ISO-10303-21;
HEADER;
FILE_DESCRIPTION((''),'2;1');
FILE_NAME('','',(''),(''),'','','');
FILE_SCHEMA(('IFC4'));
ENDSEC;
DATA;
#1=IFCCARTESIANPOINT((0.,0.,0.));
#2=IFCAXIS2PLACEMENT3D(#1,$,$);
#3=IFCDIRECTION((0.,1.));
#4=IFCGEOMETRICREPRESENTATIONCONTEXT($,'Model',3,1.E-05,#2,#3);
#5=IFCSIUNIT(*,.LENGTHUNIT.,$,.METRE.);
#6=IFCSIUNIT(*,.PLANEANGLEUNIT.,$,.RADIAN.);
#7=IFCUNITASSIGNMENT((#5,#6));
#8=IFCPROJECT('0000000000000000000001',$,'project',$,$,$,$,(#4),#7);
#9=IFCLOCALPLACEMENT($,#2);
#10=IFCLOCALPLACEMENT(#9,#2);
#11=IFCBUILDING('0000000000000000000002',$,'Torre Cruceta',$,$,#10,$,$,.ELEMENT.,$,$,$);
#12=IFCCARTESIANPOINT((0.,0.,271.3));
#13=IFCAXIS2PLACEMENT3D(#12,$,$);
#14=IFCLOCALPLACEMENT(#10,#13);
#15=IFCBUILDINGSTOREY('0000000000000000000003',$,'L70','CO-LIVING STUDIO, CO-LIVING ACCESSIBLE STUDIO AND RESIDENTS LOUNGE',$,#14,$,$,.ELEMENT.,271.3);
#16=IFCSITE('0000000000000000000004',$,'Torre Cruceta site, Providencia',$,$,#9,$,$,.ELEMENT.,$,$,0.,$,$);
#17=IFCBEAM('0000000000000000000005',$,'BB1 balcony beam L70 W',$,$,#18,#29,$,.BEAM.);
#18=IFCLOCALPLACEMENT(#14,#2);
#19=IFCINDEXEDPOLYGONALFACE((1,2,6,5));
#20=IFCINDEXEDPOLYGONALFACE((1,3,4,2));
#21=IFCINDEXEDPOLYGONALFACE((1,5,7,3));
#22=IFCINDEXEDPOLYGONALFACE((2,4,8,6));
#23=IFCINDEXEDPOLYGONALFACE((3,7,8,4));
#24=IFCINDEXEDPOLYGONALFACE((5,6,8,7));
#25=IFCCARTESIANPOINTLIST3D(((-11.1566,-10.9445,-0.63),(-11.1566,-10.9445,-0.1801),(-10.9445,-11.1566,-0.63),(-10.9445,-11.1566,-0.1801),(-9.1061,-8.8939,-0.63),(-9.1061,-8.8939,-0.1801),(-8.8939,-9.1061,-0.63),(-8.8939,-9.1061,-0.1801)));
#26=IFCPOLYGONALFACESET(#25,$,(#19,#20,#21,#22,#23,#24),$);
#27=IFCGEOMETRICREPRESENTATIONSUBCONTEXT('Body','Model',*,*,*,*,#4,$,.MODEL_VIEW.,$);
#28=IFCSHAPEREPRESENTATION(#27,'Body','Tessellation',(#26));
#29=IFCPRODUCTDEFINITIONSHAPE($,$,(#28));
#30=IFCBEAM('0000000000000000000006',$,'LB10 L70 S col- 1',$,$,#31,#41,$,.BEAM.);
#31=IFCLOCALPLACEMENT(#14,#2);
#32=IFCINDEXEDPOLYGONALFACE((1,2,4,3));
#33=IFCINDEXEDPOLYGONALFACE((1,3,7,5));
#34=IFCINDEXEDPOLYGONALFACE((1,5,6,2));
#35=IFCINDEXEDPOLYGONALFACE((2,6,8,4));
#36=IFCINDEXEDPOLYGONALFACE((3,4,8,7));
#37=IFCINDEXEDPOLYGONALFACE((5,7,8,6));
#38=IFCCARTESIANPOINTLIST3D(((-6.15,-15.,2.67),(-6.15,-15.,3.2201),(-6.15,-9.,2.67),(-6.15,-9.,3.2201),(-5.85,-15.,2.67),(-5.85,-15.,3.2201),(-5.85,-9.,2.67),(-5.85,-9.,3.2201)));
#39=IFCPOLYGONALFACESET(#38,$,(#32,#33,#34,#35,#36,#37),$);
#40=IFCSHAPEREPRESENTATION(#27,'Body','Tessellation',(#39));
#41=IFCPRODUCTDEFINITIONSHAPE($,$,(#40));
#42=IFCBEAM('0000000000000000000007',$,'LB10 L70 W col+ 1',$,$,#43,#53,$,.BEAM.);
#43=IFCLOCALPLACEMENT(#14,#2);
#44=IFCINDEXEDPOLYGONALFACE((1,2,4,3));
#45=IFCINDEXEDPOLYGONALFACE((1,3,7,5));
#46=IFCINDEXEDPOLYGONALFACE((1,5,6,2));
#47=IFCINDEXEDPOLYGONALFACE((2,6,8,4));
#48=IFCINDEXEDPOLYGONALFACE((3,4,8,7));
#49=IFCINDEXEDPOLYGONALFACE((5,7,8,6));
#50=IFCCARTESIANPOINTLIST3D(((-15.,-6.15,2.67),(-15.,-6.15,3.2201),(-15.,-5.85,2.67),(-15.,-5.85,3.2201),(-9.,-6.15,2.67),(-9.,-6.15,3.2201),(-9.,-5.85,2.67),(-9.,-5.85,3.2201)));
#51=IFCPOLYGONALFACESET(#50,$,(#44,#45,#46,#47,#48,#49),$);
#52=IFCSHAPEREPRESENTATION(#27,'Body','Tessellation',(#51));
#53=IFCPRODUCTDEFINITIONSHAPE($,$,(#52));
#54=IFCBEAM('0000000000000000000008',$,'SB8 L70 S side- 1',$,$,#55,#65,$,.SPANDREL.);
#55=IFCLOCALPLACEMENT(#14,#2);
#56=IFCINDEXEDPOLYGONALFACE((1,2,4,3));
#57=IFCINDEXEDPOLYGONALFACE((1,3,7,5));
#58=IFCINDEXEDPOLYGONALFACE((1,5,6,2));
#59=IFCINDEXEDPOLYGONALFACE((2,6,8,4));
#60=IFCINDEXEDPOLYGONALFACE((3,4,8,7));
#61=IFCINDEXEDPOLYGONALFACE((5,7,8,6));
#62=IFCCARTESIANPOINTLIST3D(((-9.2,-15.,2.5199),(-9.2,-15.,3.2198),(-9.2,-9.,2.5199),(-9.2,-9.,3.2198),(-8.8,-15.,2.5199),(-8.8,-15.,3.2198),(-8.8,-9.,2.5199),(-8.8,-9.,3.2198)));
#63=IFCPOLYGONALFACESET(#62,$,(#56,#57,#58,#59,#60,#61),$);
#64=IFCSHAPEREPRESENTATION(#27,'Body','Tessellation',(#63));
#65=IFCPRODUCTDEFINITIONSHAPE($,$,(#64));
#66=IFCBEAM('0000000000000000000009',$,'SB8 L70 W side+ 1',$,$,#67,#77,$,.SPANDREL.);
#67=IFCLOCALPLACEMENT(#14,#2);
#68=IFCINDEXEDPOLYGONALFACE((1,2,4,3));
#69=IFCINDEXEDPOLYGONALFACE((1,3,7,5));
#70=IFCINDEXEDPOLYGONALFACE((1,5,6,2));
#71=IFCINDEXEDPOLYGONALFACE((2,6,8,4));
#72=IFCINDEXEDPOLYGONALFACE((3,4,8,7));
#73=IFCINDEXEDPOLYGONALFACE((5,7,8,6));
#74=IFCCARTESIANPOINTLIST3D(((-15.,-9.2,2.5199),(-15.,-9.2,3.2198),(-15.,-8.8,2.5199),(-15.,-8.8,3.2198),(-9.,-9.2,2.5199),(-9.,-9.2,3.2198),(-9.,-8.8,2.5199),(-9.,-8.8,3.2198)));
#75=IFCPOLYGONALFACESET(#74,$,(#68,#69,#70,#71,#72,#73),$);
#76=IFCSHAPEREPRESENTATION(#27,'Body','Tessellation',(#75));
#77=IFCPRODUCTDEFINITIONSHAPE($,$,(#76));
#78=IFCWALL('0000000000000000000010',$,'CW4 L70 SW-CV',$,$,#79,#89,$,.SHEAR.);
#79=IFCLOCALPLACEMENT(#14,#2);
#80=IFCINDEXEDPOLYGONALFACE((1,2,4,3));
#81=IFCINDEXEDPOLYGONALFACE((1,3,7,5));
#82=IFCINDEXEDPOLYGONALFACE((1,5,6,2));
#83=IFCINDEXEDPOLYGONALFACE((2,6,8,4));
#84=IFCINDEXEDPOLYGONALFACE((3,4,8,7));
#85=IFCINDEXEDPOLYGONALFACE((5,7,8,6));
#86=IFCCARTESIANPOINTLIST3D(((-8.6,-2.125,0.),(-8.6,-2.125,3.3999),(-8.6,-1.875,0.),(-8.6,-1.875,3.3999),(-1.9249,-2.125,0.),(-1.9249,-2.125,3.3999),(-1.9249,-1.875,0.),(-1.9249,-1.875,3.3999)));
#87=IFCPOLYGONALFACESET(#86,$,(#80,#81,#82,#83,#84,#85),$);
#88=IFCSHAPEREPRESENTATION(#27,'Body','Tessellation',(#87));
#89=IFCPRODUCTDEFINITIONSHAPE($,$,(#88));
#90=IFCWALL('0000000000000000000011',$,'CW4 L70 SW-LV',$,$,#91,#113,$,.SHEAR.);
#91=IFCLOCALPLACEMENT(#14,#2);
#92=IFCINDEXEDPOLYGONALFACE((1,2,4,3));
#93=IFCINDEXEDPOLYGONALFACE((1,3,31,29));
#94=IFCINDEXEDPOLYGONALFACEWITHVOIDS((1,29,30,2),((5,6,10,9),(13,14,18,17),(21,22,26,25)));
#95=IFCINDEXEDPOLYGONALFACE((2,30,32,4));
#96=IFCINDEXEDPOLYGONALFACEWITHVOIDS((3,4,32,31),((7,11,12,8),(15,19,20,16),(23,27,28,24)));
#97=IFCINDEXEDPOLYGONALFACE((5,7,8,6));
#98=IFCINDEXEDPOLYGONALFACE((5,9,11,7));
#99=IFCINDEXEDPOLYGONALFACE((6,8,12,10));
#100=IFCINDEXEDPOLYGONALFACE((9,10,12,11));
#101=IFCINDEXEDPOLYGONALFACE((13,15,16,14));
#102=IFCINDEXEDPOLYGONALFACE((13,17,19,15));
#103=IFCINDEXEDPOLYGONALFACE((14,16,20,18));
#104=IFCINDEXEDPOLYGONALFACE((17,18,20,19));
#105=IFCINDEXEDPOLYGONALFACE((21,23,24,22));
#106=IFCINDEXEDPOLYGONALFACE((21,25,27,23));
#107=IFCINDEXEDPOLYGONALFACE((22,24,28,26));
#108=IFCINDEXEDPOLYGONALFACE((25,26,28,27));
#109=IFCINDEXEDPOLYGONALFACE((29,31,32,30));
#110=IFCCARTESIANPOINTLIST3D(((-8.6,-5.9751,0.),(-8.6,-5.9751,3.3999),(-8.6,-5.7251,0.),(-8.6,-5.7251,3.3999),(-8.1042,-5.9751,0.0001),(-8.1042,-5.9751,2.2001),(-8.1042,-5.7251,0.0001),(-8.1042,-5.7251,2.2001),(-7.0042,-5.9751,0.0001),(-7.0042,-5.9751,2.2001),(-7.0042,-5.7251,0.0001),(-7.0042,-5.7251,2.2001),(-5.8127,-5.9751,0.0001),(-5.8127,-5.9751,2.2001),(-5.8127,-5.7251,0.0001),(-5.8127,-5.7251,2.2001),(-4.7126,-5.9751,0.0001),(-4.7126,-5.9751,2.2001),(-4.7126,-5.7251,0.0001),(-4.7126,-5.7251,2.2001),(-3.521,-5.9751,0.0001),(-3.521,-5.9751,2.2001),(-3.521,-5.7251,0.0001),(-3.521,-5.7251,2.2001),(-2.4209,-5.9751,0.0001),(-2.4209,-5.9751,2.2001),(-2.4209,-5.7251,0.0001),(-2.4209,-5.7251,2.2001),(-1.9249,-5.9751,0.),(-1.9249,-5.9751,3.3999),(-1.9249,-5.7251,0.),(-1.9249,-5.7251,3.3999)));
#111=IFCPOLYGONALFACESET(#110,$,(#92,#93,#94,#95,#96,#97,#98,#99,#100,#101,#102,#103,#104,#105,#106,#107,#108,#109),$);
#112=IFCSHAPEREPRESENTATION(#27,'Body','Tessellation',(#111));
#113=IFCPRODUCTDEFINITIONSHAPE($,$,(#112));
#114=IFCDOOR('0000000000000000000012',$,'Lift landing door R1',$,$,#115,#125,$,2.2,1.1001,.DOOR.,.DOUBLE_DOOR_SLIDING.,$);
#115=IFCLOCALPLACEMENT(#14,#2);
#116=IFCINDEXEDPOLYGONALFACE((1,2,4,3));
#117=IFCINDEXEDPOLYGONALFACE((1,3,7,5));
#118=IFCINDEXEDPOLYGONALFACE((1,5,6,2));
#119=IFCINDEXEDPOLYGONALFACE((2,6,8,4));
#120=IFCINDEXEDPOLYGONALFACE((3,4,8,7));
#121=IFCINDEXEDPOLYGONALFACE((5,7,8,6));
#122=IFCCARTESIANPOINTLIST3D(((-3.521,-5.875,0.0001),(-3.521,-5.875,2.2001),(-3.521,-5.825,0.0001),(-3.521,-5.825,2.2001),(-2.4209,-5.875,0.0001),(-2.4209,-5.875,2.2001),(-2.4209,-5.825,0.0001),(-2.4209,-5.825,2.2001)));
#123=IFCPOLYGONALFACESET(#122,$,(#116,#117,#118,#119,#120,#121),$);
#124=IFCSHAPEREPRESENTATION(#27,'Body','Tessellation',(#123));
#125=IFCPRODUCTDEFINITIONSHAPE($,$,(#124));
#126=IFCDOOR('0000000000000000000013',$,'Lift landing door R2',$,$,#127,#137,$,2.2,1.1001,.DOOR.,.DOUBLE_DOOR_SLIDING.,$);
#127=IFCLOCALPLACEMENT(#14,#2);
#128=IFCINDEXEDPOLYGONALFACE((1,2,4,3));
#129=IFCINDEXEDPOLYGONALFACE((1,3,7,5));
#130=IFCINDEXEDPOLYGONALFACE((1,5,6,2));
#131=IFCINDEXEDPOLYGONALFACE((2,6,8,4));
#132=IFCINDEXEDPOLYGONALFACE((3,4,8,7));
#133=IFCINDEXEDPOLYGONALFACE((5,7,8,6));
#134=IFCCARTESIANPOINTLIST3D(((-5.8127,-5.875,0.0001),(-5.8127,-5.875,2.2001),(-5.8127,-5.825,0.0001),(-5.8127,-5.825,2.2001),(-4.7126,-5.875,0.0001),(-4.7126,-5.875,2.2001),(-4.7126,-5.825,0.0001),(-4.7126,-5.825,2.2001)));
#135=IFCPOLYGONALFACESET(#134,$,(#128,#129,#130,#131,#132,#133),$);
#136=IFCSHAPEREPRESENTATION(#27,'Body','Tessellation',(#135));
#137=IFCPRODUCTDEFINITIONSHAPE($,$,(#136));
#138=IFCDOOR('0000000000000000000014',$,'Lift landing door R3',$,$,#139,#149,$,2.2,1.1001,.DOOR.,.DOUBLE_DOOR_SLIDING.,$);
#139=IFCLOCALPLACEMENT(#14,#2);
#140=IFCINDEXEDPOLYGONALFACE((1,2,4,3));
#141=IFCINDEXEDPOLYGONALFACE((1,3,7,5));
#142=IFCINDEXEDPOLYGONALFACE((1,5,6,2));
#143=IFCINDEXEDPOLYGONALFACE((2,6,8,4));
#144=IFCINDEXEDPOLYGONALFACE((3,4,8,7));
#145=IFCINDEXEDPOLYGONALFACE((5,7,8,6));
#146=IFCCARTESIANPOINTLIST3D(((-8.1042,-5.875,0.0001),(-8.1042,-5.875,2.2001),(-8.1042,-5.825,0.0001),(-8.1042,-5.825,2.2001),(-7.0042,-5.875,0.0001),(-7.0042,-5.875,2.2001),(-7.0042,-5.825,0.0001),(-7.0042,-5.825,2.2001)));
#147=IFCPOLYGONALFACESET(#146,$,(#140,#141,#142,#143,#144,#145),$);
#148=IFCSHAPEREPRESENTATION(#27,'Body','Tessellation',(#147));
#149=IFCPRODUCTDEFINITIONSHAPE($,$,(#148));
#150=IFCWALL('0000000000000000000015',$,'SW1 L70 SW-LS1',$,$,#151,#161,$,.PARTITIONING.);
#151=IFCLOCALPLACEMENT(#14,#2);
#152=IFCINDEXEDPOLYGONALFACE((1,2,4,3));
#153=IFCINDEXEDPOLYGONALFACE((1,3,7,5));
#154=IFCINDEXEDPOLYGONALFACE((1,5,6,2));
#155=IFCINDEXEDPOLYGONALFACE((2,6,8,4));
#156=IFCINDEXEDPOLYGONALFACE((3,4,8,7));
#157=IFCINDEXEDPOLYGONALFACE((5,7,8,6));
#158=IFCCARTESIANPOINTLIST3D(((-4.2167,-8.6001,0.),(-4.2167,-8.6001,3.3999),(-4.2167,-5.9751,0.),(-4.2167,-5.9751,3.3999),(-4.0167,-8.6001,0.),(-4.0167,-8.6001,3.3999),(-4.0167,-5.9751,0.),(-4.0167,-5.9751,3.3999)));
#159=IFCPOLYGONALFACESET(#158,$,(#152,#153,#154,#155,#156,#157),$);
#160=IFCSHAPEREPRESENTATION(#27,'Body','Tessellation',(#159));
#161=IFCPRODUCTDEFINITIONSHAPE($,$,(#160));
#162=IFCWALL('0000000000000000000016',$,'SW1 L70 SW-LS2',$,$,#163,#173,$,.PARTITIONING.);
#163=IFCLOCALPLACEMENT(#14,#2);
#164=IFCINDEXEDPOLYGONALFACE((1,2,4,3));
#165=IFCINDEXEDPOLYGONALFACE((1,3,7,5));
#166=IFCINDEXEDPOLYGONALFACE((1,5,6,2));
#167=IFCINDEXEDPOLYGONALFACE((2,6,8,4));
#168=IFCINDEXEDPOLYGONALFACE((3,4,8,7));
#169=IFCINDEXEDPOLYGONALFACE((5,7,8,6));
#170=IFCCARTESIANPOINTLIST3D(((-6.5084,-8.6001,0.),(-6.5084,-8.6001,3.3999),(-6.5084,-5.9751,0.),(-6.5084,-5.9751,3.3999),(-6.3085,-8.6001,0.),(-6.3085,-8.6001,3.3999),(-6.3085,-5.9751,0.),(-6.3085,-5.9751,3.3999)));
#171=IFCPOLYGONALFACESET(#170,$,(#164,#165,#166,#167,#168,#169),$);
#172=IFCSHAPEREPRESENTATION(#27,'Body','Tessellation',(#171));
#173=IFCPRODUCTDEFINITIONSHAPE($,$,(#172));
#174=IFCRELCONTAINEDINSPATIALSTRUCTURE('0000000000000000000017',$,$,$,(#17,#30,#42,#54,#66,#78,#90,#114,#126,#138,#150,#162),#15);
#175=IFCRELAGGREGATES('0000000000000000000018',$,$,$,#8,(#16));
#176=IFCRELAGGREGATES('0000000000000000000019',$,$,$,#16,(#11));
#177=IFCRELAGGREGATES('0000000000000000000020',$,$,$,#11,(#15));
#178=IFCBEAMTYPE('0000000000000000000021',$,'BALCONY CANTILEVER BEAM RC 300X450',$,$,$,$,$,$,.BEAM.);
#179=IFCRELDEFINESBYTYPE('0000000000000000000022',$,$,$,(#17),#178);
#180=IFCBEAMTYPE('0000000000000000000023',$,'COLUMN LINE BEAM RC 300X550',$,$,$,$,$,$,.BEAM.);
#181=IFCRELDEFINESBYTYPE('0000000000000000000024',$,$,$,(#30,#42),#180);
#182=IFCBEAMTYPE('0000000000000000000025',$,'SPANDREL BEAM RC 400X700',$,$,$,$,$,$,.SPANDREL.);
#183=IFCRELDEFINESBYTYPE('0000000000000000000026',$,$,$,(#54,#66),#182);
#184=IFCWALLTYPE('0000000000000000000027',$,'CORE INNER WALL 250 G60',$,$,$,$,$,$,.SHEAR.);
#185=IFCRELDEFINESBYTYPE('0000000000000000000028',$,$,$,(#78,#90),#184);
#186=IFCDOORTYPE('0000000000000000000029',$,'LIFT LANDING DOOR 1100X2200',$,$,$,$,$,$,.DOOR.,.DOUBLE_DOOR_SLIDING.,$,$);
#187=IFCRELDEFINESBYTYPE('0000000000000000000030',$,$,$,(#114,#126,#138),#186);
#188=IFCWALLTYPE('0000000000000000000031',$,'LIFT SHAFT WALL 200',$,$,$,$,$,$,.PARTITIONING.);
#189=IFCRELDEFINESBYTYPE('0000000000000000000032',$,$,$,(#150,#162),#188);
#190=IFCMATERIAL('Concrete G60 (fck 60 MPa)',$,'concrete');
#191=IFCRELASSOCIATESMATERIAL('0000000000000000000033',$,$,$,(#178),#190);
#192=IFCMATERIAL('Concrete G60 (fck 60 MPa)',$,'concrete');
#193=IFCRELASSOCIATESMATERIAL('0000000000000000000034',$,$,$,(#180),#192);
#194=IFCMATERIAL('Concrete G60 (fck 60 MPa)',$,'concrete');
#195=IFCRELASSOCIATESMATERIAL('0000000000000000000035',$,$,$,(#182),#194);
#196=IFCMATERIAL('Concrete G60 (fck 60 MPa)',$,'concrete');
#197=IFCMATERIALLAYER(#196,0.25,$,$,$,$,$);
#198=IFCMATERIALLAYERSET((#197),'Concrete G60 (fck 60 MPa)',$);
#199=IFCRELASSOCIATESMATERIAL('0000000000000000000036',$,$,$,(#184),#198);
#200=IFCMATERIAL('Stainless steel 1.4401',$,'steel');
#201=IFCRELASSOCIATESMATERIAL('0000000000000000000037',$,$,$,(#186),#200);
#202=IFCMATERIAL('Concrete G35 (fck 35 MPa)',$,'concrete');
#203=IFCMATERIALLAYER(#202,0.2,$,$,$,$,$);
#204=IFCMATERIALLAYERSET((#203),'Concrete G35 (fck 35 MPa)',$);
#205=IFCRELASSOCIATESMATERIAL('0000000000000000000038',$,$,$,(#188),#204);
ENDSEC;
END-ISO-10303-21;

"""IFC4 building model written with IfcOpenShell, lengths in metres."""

from ifc_helpers import new_model, si_unit, direction, frame, frame_2d, origin, origin_2d, place, context, subcontext, project, spatial, rectangle, extrude, material, layer, layer_set, material_profile, profile_set, type_object, element, fill, save


model = new_model("IFC4")

# Units and contexts
model_context = context("Model", 3, precision=1e-05, world=origin(), true_north=direction((0.0, 1.0)))
body_context = subcontext(model_context, "Body", "Model", "MODEL_VIEW")
ifc_project = project(units=[si_unit("LENGTHUNIT", "METRE"), si_unit("PLANEANGLEUNIT", "RADIAN")], contexts=[model_context])

# Site, building, storey
site_placement = place(None, origin())
site = spatial("IfcSite", under=ifc_project, at=site_placement, Name="Torre Cruceta site, Providencia", CompositionType="ELEMENT", RefElevation=0.0)
building_placement = place(site_placement, origin())
building = spatial("IfcBuilding", under=site, at=building_placement, Name="Torre Cruceta", CompositionType="ELEMENT")
storey_placement = place(building_placement, frame((0.0, 0.0, 271.3)))
storey = spatial("IfcBuildingStorey", under=building, at=storey_placement, Name="L70", Description="CO-LIVING STUDIO, CO-LIVING ACCESSIBLE STUDIO AND RESIDENTS LOUNGE", CompositionType="ELEMENT", Elevation=271.3)

# Beams
ifc_material_1 = material(Name="Concrete G60 (fck 60 MPa)", Category="concrete")
ifc_material_profile_1 = material_profile(ifc_material_1, rectangle(XDim=0.3, YDim=0.45, at=origin_2d()), Name="RC 300X450")
ifc_profile_set_1 = profile_set([ifc_material_profile_1], Name="Concrete G60 (fck 60 MPa)")
beam_type_1 = type_object("IfcBeamType", Name="BALCONY CANTILEVER BEAM RC 300X450", PredefinedType="BEAM", material=ifc_profile_set_1)
beam_placement = place(storey_placement, frame((-9.0, -9.0, -0.405), z_axis=(-0.707107, -0.707107, 0.0), x_axis=(0.707107, -0.707107, 0.0)))
element("IfcBeam", 1, at=beam_placement, inside=storey, type_object=beam_type_1, Name="BB1 balcony beam L70 W", PredefinedType="BEAM", context=body_context, shape_type="SweptSolid", body=[
    extrude(rectangle(XDim=0.3, YDim=0.45, at=origin_2d()), origin(), (0.0, 0.0, 1.0), 2.8999),
])
ifc_material_2 = material(Name="Concrete G60 (fck 60 MPa)", Category="concrete")
ifc_material_profile_2 = material_profile(ifc_material_2, rectangle(XDim=0.3, YDim=0.55, at=origin_2d()), Name="RC 300X550")
ifc_profile_set_2 = profile_set([ifc_material_profile_2], Name="Concrete G60 (fck 60 MPa)")
beam_type_2 = type_object("IfcBeamType", Name="COLUMN LINE BEAM RC 300X550", PredefinedType="BEAM", material=ifc_profile_set_2)
for number, where, z_axis, x_axis, name in (
    (2, (-6.0, -9.0, 2.9451), (0.0, -1.0, 0.0), (1.0, 0.0, 0.0), "LB10 L70 S col- 1"),
    (3, (-9.0, -6.0, 2.9451), (-1.0, 0.0, 0.0), (0.0, -1.0, 0.0), "LB10 L70 W col+ 1"),
):
    element("IfcBeam", number, at=place(storey_placement, frame(where, z_axis=z_axis, x_axis=x_axis)), inside=storey, type_object=beam_type_2, Name=name, PredefinedType="BEAM", context=body_context, shape_type="SweptSolid", body=[
        extrude(rectangle(XDim=0.3, YDim=0.55, at=origin_2d()), origin(), (0.0, 0.0, 1.0), 6.0),
    ])
ifc_material_3 = material(Name="Concrete G60 (fck 60 MPa)", Category="concrete")
ifc_material_profile_3 = material_profile(ifc_material_3, rectangle(XDim=0.3999, YDim=0.7, at=origin_2d()), Name="RC 400X700")
ifc_profile_set_3 = profile_set([ifc_material_profile_3], Name="Concrete G60 (fck 60 MPa)")
beam_type_3 = type_object("IfcBeamType", Name="SPANDREL BEAM RC 400X700", PredefinedType="SPANDREL", material=ifc_profile_set_3)
for number, where, z_axis, x_axis, name in (
    (4, (-9.0, -9.0, 2.8699), (0.0, -1.0, 0.0), (1.0, 0.0, 0.0), "SB8 L70 S side- 1"),
    (5, (-9.0, -9.0, 2.8699), (-1.0, 0.0, 0.0), (0.0, -1.0, 0.0), "SB8 L70 W side+ 1"),
):
    element("IfcBeam", number, at=place(storey_placement, frame(where, z_axis=z_axis, x_axis=x_axis)), inside=storey, type_object=beam_type_3, Name=name, PredefinedType="SPANDREL", context=body_context, shape_type="SweptSolid", body=[
        extrude(rectangle(XDim=0.3999, YDim=0.7, at=origin_2d()), origin(), (0.0, 0.0, 1.0), 6.0),
    ])

# Shared definitions
ifc_material_4 = material(Name="Concrete G60 (fck 60 MPa)", Category="concrete")
ifc_layer_1 = layer(ifc_material_4, 0.25)
ifc_layer_set_1 = layer_set([ifc_layer_1], Name="Concrete G60 (fck 60 MPa)")
wall_type_1 = type_object("IfcWallType", Name="CORE INNER WALL 250 G60", PredefinedType="SHEAR", material=ifc_layer_set_1)

# Wall
wall_1_placement = place(storey_placement, frame((-1.925, -2.0, 0.0), z_axis=(0.0, 0.0, 1.0), x_axis=(-1.0, 0.0, 0.0)))
element("IfcWall", 6, at=wall_1_placement, inside=storey, type_object=wall_type_1, Name="CW4 L70 SW-CV", PredefinedType="SHEAR", context=body_context, shape_type="SweptSolid", body=[
    extrude(rectangle(XDim=6.675, YDim=0.25, at=frame_2d((3.3374, 0.0))), origin(), (0.0, 0.0, 1.0), 3.3999),
])

# Wall, openings, doors
wall_2_placement = place(storey_placement, frame((-1.925, -5.8501, 0.0), z_axis=(0.0, 0.0, 1.0), x_axis=(-1.0, 0.0, 0.0)))
wall_2 = element("IfcWall", 7, at=wall_2_placement, inside=storey, type_object=wall_type_1, Name="CW4 L70 SW-LV", PredefinedType="SHEAR", context=body_context, shape_type="SweptSolid", body=[
    extrude(rectangle(XDim=6.675, YDim=0.25, at=frame_2d((3.3374, 0.0))), origin(), (0.0, 0.0, 1.0), 3.3999),
])
opening_1_placement = place(wall_2_placement, frame((0.4958, 0.0, 0.0)))
opening_1 = element("IfcOpeningElement", 8, at=opening_1_placement, cuts=wall_2, PredefinedType="OPENING", context=body_context, shape_type="SweptSolid", body=[
    extrude(rectangle(XDim=1.1001, YDim=2.2, at=frame_2d((0.55, 1.1001))), frame((0.0, 0.135, 0.0), z_axis=(0.0, -1.0, 0.0), x_axis=(1.0, 0.0, 0.0)), (0.0, 0.0, 1.0), 0.27),
])
opening_2_placement = place(wall_2_placement, frame((2.7876, 0.0, 0.0)))
opening_2 = element("IfcOpeningElement", 9, at=opening_2_placement, cuts=wall_2, PredefinedType="OPENING", context=body_context, shape_type="SweptSolid", body=[
    extrude(rectangle(XDim=1.1001, YDim=2.2, at=frame_2d((0.55, 1.1001))), frame((0.0, 0.135, 0.0), z_axis=(0.0, -1.0, 0.0), x_axis=(1.0, 0.0, 0.0)), (0.0, 0.0, 1.0), 0.27),
])
opening_3_placement = place(wall_2_placement, frame((5.0791, 0.0, 0.0)))
opening_3 = element("IfcOpeningElement", 10, at=opening_3_placement, cuts=wall_2, PredefinedType="OPENING", context=body_context, shape_type="SweptSolid", body=[
    extrude(rectangle(XDim=1.1001, YDim=2.2, at=frame_2d((0.55, 1.1001))), frame((0.0, 0.135, 0.0), z_axis=(0.0, -1.0, 0.0), x_axis=(1.0, 0.0, 0.0)), (0.0, 0.0, 1.0), 0.27),
])
ifc_material_5 = material(Name="Stainless steel 1.4401", Category="steel")
door_type_1 = type_object("IfcDoorType", Name="LIFT LANDING DOOR 1100X2200", OperationType="DOUBLE_DOOR_SLIDING", PredefinedType="DOOR", material=ifc_material_5)
door_1_placement = place(opening_1_placement, origin())
door_1 = element("IfcDoor", 11, at=door_1_placement, inside=storey, type_object=door_type_1, Name="Lift landing door R1", OperationType="DOUBLE_DOOR_SLIDING", OverallHeight=2.2, OverallWidth=1.1001, PredefinedType="DOOR", context=body_context, shape_type="SweptSolid", body=[
    extrude(rectangle(XDim=1.1001, YDim=2.2, at=frame_2d((0.55, 1.1001))), frame((0.0, 0.0249, 0.0), z_axis=(0.0, -1.0, 0.0), x_axis=(1.0, 0.0, 0.0)), (0.0, 0.0, 1.0), 0.05),
])
fill(opening_1, door_1)
door_2_placement = place(opening_2_placement, origin())
door_2 = element("IfcDoor", 12, at=door_2_placement, inside=storey, type_object=door_type_1, Name="Lift landing door R2", OperationType="DOUBLE_DOOR_SLIDING", OverallHeight=2.2, OverallWidth=1.1001, PredefinedType="DOOR", context=body_context, shape_type="SweptSolid", body=[
    extrude(rectangle(XDim=1.1001, YDim=2.2, at=frame_2d((0.55, 1.1001))), frame((0.0, 0.0249, 0.0), z_axis=(0.0, -1.0, 0.0), x_axis=(1.0, 0.0, 0.0)), (0.0, 0.0, 1.0), 0.05),
])
fill(opening_2, door_2)
door_3_placement = place(opening_3_placement, origin())
door_3 = element("IfcDoor", 13, at=door_3_placement, inside=storey, type_object=door_type_1, Name="Lift landing door R3", OperationType="DOUBLE_DOOR_SLIDING", OverallHeight=2.2, OverallWidth=1.1001, PredefinedType="DOOR", context=body_context, shape_type="SweptSolid", body=[
    extrude(rectangle(XDim=1.1001, YDim=2.2, at=frame_2d((0.55, 1.1001))), frame((0.0, 0.0249, 0.0), z_axis=(0.0, -1.0, 0.0), x_axis=(1.0, 0.0, 0.0)), (0.0, 0.0, 1.0), 0.05),
])
fill(opening_3, door_3)

# Walls
ifc_material_6 = material(Name="Concrete G35 (fck 35 MPa)", Category="concrete")
ifc_layer_2 = layer(ifc_material_6, 0.2)
ifc_layer_set_2 = layer_set([ifc_layer_2], Name="Concrete G35 (fck 35 MPa)")
wall_type_2 = type_object("IfcWallType", Name="LIFT SHAFT WALL 200", PredefinedType="PARTITIONING", material=ifc_layer_set_2)
for number, where, z_axis, x_axis, name in (
    (14, (-4.1167, -5.9751, 0.0), (0.0, 0.0, 1.0), (0.0, -1.0, 0.0), "SW1 L70 SW-LS1"),
    (15, (-6.4084, -5.9751, 0.0), (0.0, 0.0, 1.0), (0.0, -1.0, 0.0), "SW1 L70 SW-LS2"),
):
    element("IfcWall", number, at=place(storey_placement, frame(where, z_axis=z_axis, x_axis=x_axis)), inside=storey, type_object=wall_type_2, Name=name, PredefinedType="PARTITIONING", context=body_context, shape_type="SweptSolid", body=[
        extrude(rectangle(XDim=2.625, YDim=0.2, at=frame_2d((1.3125, 0.0))), origin(), (0.0, 0.0, 1.0), 3.3999),
    ])

save(model, "model.ifc")
